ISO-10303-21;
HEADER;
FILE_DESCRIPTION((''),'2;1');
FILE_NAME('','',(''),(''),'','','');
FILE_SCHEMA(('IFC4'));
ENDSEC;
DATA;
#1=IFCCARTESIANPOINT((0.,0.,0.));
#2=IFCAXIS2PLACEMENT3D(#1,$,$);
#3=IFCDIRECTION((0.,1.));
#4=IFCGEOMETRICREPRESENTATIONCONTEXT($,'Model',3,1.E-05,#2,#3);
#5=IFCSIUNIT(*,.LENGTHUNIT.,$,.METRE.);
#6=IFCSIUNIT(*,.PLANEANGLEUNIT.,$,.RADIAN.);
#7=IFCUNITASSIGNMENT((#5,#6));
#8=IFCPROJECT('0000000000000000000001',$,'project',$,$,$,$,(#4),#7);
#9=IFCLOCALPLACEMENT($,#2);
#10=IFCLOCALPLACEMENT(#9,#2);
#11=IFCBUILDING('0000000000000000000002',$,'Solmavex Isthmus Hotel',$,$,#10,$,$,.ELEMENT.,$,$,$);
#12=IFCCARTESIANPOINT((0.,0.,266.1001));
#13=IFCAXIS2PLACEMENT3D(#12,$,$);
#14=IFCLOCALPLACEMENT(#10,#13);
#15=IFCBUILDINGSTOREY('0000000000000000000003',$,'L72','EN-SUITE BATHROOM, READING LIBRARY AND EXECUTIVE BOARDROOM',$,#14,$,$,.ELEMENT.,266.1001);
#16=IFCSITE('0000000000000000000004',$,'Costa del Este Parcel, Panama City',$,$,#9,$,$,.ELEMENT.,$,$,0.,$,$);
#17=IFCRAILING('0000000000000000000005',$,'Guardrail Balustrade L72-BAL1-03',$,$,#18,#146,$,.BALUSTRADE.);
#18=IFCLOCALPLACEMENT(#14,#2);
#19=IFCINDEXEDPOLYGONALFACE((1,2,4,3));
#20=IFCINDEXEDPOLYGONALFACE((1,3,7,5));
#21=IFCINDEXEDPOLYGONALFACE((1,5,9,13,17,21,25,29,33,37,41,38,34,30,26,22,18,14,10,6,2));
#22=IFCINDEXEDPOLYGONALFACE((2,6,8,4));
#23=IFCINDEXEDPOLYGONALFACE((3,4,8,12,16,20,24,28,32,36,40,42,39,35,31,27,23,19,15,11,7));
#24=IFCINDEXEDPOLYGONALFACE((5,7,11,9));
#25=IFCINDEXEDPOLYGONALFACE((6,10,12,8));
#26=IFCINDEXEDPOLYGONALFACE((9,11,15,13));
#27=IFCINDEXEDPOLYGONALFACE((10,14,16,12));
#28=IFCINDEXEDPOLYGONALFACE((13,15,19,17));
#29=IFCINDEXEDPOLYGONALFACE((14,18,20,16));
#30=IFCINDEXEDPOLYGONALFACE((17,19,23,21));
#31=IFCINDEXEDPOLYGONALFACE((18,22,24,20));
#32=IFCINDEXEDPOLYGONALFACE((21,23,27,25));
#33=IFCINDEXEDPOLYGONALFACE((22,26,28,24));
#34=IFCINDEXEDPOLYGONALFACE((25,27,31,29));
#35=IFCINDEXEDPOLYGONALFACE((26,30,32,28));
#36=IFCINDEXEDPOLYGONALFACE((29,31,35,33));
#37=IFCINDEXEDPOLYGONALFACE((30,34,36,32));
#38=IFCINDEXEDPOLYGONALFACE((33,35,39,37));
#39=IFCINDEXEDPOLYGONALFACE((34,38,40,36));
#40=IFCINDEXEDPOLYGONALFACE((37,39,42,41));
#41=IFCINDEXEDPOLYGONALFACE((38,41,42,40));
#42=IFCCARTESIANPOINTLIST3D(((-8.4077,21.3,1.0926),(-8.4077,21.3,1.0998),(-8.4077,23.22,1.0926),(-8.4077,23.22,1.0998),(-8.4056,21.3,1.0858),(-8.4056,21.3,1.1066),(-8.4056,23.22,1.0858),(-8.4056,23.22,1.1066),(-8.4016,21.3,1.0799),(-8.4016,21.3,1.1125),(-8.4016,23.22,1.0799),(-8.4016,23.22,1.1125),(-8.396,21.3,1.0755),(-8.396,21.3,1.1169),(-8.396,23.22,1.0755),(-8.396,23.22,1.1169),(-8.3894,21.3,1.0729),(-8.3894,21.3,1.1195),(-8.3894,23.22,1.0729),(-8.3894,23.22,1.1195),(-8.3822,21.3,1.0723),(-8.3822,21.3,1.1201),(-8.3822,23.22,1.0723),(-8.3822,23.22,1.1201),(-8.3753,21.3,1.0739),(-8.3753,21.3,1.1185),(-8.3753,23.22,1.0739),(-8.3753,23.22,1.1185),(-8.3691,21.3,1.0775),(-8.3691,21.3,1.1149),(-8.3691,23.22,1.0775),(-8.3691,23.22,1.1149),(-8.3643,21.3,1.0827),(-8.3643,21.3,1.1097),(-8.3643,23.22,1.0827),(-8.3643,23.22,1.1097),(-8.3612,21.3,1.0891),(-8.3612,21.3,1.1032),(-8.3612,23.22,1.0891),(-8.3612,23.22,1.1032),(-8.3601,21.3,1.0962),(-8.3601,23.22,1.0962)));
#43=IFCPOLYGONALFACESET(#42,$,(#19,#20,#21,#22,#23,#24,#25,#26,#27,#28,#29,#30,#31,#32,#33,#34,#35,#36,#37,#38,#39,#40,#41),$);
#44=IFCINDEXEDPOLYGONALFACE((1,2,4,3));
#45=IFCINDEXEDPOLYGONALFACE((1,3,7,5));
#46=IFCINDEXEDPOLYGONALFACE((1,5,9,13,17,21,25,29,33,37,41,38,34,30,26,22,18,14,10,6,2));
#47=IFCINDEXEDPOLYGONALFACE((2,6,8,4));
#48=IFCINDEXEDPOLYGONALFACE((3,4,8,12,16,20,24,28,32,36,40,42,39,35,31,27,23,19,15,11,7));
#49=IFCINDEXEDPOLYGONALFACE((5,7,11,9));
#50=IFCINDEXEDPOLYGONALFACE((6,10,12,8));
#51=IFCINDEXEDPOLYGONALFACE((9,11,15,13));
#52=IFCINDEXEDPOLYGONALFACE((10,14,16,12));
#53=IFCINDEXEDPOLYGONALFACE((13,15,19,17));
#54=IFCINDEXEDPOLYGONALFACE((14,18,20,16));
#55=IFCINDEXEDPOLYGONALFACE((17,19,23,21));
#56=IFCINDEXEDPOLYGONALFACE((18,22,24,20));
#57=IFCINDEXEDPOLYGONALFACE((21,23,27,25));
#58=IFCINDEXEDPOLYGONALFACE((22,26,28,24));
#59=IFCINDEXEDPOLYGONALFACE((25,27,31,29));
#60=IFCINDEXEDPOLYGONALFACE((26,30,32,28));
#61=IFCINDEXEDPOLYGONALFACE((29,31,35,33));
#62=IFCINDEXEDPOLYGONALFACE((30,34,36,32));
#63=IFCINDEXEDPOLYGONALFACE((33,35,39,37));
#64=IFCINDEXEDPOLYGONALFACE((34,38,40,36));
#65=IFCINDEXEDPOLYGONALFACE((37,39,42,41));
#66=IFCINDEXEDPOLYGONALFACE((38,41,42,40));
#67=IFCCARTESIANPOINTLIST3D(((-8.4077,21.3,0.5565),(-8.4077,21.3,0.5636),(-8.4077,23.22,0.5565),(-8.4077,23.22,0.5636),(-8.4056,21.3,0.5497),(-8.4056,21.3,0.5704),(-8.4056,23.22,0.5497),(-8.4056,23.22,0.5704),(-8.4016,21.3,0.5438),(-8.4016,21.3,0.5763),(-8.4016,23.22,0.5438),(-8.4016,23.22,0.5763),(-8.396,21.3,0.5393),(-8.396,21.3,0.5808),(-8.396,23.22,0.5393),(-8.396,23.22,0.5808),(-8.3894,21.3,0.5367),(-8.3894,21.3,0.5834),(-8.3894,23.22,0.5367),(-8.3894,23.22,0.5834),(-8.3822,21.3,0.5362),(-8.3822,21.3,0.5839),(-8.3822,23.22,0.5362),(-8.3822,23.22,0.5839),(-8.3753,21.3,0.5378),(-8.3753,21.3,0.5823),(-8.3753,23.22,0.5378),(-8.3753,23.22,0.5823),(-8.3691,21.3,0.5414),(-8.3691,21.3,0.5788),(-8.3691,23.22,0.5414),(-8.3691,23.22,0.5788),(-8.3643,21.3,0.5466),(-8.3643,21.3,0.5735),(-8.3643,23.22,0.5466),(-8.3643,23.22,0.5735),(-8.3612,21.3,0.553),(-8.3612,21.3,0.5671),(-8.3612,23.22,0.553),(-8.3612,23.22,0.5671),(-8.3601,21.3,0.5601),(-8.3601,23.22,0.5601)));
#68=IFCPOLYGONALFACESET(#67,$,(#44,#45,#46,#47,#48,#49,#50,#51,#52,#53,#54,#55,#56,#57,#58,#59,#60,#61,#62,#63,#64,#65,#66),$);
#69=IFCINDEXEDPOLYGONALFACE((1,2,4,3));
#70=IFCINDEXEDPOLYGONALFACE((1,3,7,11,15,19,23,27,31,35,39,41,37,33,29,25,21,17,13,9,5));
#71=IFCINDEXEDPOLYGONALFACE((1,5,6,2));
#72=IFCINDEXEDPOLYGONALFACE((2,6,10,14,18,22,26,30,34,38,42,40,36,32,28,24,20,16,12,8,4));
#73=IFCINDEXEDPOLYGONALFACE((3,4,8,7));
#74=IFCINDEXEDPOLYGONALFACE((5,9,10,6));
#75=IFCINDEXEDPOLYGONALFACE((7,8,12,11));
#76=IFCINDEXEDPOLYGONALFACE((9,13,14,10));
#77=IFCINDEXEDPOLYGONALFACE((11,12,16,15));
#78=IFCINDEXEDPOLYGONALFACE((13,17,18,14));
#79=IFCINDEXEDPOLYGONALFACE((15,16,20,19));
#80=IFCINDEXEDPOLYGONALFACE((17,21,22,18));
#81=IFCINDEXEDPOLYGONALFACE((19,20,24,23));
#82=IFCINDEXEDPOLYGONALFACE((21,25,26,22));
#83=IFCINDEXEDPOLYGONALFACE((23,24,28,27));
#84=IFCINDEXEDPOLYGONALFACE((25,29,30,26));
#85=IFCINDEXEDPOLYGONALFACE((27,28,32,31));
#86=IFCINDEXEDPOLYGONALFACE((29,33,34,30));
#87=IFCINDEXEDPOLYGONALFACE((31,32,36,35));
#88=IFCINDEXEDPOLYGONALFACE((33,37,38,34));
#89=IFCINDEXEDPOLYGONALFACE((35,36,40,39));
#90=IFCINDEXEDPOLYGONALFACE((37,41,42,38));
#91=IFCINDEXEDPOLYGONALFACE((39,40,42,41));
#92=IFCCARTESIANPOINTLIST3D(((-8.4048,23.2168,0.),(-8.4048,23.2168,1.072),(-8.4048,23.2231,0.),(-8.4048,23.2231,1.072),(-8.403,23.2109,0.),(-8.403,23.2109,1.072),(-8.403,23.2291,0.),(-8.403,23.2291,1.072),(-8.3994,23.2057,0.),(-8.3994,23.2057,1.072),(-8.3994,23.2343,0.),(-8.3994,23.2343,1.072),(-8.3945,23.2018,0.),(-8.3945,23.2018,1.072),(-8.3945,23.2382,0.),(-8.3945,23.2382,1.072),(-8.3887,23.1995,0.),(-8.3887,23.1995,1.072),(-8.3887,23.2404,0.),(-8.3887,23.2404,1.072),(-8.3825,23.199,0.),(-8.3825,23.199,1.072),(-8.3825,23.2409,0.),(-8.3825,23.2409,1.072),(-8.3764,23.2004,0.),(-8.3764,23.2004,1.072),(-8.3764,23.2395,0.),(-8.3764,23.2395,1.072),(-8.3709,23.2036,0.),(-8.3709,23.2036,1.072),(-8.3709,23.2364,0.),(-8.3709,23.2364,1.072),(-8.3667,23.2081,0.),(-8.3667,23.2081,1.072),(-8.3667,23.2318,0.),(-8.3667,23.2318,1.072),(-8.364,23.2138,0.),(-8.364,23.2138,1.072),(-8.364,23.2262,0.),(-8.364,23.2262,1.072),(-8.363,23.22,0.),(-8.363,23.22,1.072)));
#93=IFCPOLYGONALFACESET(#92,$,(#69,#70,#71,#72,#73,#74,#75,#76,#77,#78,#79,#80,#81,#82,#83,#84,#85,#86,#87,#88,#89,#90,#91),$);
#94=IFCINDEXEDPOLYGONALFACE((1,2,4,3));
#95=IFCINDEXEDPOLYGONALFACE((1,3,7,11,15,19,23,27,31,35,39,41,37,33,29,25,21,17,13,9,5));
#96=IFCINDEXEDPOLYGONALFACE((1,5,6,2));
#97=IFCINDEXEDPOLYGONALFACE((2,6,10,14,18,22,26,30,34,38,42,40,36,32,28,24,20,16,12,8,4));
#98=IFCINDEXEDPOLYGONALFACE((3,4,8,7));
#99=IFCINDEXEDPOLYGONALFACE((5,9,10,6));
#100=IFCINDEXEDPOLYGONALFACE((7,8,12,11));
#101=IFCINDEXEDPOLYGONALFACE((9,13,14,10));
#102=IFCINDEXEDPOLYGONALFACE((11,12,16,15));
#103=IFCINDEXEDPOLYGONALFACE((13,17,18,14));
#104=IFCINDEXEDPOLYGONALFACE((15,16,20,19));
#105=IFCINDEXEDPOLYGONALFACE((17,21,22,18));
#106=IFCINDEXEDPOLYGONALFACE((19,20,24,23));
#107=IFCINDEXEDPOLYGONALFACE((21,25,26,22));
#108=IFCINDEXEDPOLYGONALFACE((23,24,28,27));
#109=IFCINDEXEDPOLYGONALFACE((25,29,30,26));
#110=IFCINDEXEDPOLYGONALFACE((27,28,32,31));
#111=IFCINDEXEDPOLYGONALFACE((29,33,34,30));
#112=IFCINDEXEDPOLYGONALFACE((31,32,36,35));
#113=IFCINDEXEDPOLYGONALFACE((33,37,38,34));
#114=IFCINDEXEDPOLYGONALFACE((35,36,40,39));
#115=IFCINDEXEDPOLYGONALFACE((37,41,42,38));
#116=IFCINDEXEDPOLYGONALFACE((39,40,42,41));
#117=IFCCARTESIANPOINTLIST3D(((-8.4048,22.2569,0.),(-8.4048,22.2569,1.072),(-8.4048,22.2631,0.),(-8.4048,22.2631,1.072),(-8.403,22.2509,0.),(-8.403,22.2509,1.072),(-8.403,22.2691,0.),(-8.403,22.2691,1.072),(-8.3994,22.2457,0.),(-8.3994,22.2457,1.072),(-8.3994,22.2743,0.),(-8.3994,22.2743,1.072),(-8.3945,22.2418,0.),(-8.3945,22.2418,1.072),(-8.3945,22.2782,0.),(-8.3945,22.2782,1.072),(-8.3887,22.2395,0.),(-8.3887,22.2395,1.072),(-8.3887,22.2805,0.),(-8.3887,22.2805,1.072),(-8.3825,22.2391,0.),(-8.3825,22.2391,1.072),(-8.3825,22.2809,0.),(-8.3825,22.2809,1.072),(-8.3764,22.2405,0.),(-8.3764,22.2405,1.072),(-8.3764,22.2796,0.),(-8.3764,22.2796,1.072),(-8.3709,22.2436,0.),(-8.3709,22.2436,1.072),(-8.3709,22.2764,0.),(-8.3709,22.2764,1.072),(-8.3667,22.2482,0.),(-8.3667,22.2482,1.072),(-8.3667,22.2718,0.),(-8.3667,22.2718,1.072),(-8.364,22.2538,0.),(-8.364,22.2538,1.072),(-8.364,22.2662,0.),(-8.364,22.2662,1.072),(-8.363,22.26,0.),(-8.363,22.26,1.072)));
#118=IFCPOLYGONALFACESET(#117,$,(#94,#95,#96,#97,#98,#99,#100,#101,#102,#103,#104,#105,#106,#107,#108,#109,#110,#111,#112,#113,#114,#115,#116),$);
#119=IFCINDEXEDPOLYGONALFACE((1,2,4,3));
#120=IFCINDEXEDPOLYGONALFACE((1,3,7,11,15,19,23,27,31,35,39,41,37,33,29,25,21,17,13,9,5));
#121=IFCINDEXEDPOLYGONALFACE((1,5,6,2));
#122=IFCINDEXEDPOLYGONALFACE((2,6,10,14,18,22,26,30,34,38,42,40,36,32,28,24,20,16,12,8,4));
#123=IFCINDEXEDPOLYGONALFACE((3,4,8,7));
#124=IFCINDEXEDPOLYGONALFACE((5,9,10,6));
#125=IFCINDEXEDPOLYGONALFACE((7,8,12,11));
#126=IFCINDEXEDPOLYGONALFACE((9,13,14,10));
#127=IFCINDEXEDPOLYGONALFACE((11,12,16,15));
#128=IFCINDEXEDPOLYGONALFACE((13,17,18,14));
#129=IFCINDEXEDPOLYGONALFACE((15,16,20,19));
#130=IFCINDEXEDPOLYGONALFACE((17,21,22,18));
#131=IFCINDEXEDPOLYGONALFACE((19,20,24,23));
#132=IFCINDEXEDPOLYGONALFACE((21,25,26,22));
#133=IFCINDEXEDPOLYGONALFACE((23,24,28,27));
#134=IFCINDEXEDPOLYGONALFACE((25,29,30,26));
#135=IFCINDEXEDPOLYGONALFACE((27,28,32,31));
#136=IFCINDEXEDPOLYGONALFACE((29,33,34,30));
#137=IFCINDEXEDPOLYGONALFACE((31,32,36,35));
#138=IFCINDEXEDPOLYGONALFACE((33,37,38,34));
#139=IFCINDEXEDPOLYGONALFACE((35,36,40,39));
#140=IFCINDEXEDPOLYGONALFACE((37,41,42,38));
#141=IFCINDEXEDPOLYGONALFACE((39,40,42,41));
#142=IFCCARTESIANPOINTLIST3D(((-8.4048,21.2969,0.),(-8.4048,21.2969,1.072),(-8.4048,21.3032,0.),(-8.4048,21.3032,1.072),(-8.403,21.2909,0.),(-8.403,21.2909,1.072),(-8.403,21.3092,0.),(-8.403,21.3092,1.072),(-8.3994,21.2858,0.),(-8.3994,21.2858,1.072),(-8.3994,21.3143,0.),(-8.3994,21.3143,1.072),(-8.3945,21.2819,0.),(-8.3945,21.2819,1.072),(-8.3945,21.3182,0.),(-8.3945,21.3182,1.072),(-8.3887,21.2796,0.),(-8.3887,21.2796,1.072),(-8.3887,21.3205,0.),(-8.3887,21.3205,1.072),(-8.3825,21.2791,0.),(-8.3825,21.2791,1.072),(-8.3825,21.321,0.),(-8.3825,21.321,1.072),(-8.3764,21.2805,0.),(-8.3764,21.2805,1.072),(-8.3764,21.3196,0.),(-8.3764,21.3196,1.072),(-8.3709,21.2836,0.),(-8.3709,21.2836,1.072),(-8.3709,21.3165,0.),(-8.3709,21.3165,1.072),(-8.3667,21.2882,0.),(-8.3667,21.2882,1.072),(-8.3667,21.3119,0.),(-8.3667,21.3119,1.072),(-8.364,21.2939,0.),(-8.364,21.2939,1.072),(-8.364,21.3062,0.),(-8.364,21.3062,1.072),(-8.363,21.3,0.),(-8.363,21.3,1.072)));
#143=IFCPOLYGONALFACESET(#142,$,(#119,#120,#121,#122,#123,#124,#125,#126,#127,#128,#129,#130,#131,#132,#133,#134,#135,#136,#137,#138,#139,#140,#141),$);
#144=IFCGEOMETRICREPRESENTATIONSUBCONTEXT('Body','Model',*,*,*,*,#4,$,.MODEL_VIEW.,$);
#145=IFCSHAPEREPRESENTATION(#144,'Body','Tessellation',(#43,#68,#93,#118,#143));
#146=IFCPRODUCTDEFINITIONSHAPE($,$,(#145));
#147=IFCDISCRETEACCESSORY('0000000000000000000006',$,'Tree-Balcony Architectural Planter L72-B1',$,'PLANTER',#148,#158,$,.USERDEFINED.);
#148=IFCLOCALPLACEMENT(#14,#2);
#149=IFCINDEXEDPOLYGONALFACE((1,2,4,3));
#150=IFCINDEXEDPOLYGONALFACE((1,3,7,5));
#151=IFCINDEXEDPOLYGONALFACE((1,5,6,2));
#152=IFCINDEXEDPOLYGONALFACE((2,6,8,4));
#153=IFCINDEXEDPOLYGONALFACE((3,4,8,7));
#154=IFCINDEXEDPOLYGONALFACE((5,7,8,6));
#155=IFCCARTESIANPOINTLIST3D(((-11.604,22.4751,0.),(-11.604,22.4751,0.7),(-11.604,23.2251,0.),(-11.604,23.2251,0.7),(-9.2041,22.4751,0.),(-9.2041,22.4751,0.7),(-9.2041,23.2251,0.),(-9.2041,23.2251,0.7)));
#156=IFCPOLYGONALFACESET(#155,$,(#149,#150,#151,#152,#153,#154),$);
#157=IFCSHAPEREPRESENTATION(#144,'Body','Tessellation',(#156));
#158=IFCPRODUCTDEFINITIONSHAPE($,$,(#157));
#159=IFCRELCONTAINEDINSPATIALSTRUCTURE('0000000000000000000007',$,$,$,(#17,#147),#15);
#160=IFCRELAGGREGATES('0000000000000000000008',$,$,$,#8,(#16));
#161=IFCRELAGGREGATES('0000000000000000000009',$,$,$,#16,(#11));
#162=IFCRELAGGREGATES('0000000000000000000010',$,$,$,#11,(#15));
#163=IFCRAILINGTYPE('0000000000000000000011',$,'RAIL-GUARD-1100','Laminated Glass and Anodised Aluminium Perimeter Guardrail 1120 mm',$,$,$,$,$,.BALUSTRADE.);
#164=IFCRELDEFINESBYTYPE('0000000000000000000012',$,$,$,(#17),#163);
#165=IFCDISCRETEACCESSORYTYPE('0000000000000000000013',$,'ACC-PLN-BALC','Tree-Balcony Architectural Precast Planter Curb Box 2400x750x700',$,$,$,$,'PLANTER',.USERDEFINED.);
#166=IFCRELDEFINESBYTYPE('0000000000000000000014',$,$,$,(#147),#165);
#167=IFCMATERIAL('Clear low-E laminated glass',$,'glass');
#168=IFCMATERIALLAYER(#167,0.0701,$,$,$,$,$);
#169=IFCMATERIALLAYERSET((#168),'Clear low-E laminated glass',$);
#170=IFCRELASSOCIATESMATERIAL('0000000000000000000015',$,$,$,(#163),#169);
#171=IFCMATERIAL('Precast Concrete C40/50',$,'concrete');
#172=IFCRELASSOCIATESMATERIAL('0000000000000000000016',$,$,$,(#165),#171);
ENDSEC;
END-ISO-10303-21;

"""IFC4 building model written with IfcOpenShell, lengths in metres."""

from ifc_helpers import new_model, si_unit, direction, frame, origin, origin_2d, place, context, subcontext, project, spatial, rectangle, circle, extrude, material, layer, layer_set, type_object, element, save


model = new_model("IFC4")

# Units and contexts
model_context = context("Model", 3, precision=1e-05, world=origin(), true_north=direction((0.0, 1.0)))
body_context = subcontext(model_context, "Body", "Model", "MODEL_VIEW")
ifc_project = project(units=[si_unit("LENGTHUNIT", "METRE"), si_unit("PLANEANGLEUNIT", "RADIAN")], contexts=[model_context])

# Site, building, storey
site_placement = place(None, origin())
site = spatial("IfcSite", under=ifc_project, at=site_placement, Name="Costa del Este Parcel, Panama City", CompositionType="ELEMENT", RefElevation=0.0)
building_placement = place(site_placement, origin())
building = spatial("IfcBuilding", under=site, at=building_placement, Name="Solmavex Isthmus Hotel", CompositionType="ELEMENT")
storey_placement = place(building_placement, frame((0.0, 0.0, 266.1001)))
storey = spatial("IfcBuildingStorey", under=building, at=storey_placement, Name="L72", Description="EN-SUITE BATHROOM, READING LIBRARY AND EXECUTIVE BOARDROOM", CompositionType="ELEMENT", Elevation=266.1001)

# Shared definitions
ifc_material_1 = material(Name="Clear low-E laminated glass", Category="glass")

# Shared definitions
ifc_material_2 = material(Name="Precast Concrete C40/50", Category="concrete")

# Railing
ifc_layer_1 = layer(ifc_material_1, 0.0701)
ifc_layer_set_1 = layer_set([ifc_layer_1], Name="Clear low-E laminated glass")
railing_type_1 = type_object("IfcRailingType", Name="RAIL-GUARD-1100", Description="Laminated Glass and Anodised Aluminium Perimeter Guardrail 1120 mm", PredefinedType="BALUSTRADE", material=ifc_layer_set_1)
railing_1_placement = place(storey_placement, frame((-8.384, 23.22, 0.0)))
element("IfcRailing", 1, at=railing_1_placement, inside=storey, type_object=railing_type_1, Name="Guardrail Balustrade L72-BAL1-03", PredefinedType="BALUSTRADE", context=body_context, shape_type="SweptSolid", body=[
    extrude(circle(Radius=0.0239, at=origin_2d()), frame((0.0, 0.0, 1.0962), z_axis=(0.0, -1.0, 0.0), x_axis=(1.0, 0.0, 0.0)), (0.0, 0.0, 1.0), 1.9199),
    extrude(circle(Radius=0.0239, at=origin_2d()), frame((0.0, 0.0, 0.5601), z_axis=(0.0, -1.0, 0.0), x_axis=(1.0, 0.0, 0.0)), (0.0, 0.0, 1.0), 1.9199),
    extrude(circle(Radius=0.021, at=origin_2d()), origin(), (0.0, 0.0, 1.0), 1.072),
    extrude(circle(Radius=0.021, at=origin_2d()), frame((0.0, -0.96, 0.0)), (0.0, 0.0, 1.0), 1.072),
    extrude(circle(Radius=0.021, at=origin_2d()), frame((0.0, -1.9199, 0.0)), (0.0, 0.0, 1.0), 1.072),
])

# Discrete accessory
discrete_accessory_type = type_object("IfcDiscreteAccessoryType", Name="ACC-PLN-BALC", Description="Tree-Balcony Architectural Precast Planter Curb Box 2400x750x700", ElementType="PLANTER", PredefinedType="USERDEFINED", material=ifc_material_2)
discrete_accessory_placement = place(storey_placement, frame((-10.4041, 22.8501, 0.0), z_axis=(0.0, 0.0, 1.0), x_axis=(1.0, 0.0, 0.0)))
element("IfcDiscreteAccessory", 2, at=discrete_accessory_placement, inside=storey, type_object=discrete_accessory_type, Name="Tree-Balcony Architectural Planter L72-B1", ObjectType="PLANTER", PredefinedType="USERDEFINED", context=body_context, shape_type="SweptSolid", body=[
    extrude(rectangle(XDim=2.3999, YDim=0.75, at=origin_2d()), origin(), (0.0, 0.0, 1.0), 0.7),
])

save(model, "model.ifc")
